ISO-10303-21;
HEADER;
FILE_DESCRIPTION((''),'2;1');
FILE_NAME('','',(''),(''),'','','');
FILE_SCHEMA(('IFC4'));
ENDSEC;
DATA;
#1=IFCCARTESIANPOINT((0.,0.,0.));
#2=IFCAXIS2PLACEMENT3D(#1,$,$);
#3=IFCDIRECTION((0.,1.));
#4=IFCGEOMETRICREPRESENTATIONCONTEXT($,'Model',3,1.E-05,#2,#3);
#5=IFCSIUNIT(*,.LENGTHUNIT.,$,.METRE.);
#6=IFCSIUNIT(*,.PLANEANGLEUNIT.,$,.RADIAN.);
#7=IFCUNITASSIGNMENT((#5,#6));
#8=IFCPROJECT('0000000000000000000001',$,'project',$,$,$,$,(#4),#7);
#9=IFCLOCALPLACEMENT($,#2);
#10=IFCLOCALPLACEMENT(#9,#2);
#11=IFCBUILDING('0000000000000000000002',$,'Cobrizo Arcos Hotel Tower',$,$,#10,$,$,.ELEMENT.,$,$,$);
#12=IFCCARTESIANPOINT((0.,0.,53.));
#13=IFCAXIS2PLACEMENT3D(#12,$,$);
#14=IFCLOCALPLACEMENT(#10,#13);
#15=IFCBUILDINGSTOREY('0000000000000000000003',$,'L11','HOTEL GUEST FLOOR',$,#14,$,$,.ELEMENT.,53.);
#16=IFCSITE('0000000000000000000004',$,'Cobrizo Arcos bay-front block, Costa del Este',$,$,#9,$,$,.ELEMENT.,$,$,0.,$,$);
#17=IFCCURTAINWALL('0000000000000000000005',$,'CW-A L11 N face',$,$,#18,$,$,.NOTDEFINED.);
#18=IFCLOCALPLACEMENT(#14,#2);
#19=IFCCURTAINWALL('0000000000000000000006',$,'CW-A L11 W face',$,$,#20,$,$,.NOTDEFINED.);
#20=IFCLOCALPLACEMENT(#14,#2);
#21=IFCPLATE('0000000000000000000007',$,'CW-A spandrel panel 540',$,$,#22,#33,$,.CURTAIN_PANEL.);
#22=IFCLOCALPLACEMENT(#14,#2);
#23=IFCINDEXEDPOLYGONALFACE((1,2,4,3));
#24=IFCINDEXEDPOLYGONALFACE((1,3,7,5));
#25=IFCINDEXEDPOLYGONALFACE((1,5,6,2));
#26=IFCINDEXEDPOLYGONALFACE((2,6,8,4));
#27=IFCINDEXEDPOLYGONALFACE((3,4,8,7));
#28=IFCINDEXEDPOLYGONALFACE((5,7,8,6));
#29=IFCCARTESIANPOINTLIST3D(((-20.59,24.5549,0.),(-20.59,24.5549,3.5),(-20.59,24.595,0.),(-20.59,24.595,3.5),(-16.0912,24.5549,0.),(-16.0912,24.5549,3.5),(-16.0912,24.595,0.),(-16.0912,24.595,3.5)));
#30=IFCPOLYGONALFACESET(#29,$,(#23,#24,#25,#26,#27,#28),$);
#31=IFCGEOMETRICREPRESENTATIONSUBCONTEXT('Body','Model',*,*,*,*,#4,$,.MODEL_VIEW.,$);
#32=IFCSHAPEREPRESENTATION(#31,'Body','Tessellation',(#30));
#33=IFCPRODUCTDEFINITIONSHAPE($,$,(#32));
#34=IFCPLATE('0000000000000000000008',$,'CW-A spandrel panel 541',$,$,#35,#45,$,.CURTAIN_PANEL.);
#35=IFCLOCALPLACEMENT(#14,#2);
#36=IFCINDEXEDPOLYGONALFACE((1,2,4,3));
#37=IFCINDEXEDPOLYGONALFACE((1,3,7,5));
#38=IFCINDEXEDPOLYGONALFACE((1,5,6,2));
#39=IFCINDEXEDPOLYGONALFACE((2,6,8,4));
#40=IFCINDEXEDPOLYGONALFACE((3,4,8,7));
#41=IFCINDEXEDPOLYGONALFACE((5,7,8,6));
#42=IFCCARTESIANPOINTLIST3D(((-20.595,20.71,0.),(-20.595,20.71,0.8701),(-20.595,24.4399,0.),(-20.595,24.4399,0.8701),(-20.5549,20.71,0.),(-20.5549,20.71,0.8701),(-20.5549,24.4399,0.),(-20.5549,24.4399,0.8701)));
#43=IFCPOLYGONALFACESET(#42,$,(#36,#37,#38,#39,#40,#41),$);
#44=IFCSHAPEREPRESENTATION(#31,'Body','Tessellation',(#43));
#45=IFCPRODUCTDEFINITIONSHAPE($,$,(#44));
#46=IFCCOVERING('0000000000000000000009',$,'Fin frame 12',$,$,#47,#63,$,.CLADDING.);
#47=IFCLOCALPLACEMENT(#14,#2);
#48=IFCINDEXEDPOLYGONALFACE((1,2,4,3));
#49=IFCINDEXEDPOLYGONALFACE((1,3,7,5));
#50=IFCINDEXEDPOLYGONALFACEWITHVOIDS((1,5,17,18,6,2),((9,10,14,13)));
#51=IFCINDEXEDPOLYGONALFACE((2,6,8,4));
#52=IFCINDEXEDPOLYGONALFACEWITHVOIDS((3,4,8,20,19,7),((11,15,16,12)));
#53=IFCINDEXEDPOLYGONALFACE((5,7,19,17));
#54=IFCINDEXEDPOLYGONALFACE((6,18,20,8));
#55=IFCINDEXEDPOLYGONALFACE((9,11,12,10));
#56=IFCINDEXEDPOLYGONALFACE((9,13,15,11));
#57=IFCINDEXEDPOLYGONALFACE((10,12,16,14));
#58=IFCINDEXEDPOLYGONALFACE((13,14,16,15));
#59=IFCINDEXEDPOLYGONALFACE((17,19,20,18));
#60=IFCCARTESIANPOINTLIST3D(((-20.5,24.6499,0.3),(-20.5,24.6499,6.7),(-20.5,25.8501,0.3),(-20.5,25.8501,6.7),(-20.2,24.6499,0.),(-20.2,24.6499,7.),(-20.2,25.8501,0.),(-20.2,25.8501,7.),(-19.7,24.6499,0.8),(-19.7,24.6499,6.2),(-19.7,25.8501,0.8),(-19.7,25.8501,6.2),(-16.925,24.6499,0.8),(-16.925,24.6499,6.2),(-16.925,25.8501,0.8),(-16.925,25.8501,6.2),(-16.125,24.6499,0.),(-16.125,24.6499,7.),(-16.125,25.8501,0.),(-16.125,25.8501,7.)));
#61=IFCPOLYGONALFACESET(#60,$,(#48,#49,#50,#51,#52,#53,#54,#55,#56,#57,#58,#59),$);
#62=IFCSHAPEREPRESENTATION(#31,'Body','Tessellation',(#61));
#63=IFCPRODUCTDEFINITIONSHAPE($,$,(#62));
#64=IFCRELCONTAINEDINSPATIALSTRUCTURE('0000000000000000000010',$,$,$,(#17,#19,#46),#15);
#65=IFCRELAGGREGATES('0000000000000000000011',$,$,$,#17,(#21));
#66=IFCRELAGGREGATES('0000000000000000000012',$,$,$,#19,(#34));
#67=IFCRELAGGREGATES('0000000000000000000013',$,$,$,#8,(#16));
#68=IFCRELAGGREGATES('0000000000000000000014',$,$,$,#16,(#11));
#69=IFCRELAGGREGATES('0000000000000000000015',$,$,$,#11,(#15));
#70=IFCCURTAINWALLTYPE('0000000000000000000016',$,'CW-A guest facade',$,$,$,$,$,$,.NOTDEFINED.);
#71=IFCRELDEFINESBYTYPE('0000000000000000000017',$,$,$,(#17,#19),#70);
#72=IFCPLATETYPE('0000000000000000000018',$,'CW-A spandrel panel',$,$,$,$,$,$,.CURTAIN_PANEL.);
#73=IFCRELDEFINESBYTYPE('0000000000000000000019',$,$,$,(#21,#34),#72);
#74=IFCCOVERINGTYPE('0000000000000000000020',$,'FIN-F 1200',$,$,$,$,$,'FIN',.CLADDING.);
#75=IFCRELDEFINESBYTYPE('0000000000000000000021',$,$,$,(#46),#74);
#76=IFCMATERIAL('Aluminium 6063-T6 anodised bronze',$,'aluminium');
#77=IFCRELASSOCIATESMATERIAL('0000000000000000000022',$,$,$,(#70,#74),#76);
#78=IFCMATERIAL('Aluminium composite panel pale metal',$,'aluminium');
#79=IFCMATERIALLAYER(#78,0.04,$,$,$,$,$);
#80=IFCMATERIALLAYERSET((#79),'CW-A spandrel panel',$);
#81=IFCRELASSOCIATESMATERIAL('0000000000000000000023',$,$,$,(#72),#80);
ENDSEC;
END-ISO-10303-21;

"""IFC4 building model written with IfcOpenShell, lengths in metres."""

from ifc_helpers import new_model, si_unit, direction, frame, origin, origin_2d, place, context, subcontext, project, spatial, polyline, rectangle, outline, extrude, material, layer, layer_set, type_object, element, aggregate, save


model = new_model("IFC4")

# Units and contexts
model_context = context("Model", 3, precision=1e-05, world=origin(), true_north=direction((0.0, 1.0)))
body_context = subcontext(model_context, "Body", "Model", "MODEL_VIEW")
ifc_project = project(units=[si_unit("LENGTHUNIT", "METRE"), si_unit("PLANEANGLEUNIT", "RADIAN")], contexts=[model_context])

# Site, building, storey
site_placement = place(None, origin())
site = spatial("IfcSite", under=ifc_project, at=site_placement, Name="Cobrizo Arcos bay-front block, Costa del Este", CompositionType="ELEMENT", RefElevation=0.0)
building_placement = place(site_placement, origin())
building = spatial("IfcBuilding", under=site, at=building_placement, Name="Cobrizo Arcos Hotel Tower", CompositionType="ELEMENT")
storey_placement = place(building_placement, frame((0.0, 0.0, 53.0)))
storey = spatial("IfcBuildingStorey", under=building, at=storey_placement, Name="L11", Description="HOTEL GUEST FLOOR", CompositionType="ELEMENT", Elevation=53.0)

# Curtain walls
ifc_material_1 = material(Name="Aluminium 6063-T6 anodised bronze", Category="aluminium")
curtain_wall_type = type_object("IfcCurtainWallType", Name="CW-A guest facade", PredefinedType="NOTDEFINED", material=ifc_material_1)
curtain_wall_1_placement = place(storey_placement, origin())
curtain_wall_1 = element("IfcCurtainWall", 1, at=curtain_wall_1_placement, inside=storey, type_object=curtain_wall_type, Name="CW-A L11 N face", PredefinedType="NOTDEFINED")
curtain_wall_2_placement = place(storey_placement, origin())
curtain_wall_2 = element("IfcCurtainWall", 2, at=curtain_wall_2_placement, inside=storey, type_object=curtain_wall_type, Name="CW-A L11 W face", PredefinedType="NOTDEFINED")

# Plates
ifc_material_2 = material(Name="Aluminium composite panel pale metal", Category="aluminium")
ifc_layer_1 = layer(ifc_material_2, 0.04)
ifc_layer_set_1 = layer_set([ifc_layer_1], Name="CW-A spandrel panel")
plate_type_1 = type_object("IfcPlateType", Name="CW-A spandrel panel", PredefinedType="CURTAIN_PANEL", material=ifc_layer_set_1)
plate_1_placement = place(storey_placement, frame((-18.3406, 24.575, 0.0), z_axis=(0.0, 0.0, 1.0), x_axis=(-1.0, 0.0, 0.0)))
plate_1 = element("IfcPlate", 3, at=plate_1_placement, type_object=plate_type_1, Name="CW-A spandrel panel 540", PredefinedType="CURTAIN_PANEL", context=body_context, shape_type="SweptSolid", body=[
    extrude(rectangle(XDim=4.4988, YDim=0.04, at=origin_2d()), origin(), (0.0, 0.0, 1.0), 3.5),
])
aggregate(curtain_wall_1, [plate_1])
plate_2_placement = place(storey_placement, frame((-20.575, 22.575, 0.0), z_axis=(0.0, 0.0, 1.0), x_axis=(0.0, -1.0, 0.0)))
plate_2 = element("IfcPlate", 4, at=plate_2_placement, type_object=plate_type_1, Name="CW-A spandrel panel 541", PredefinedType="CURTAIN_PANEL", context=body_context, shape_type="SweptSolid", body=[
    extrude(rectangle(XDim=3.73, YDim=0.04, at=origin_2d()), origin(), (0.0, 0.0, 1.0), 0.8701),
])
aggregate(curtain_wall_2, [plate_2])

# Covering
covering_type = type_object("IfcCoveringType", Name="FIN-F 1200", ElementType="FIN", PredefinedType="CLADDING", material=ifc_material_1)
covering_placement = place(storey_placement, frame((-16.125, 24.6499, 0.0), z_axis=(0.0, 1.0, 0.0), x_axis=(-1.0, 0.0, 0.0)))
element("IfcCovering", 5, at=covering_placement, inside=storey, type_object=covering_type, Name="Fin frame 12", PredefinedType="CLADDING", context=body_context, shape_type="SweptSolid", body=[
    extrude(outline(polyline([(0.0, 7.0), (0.0, 0.0), (4.075, 0.0), (4.375, 0.3), (4.375, 6.7), (4.075, 7.0), (0.0, 7.0)]), holes=[polyline([(3.575, 0.8), (0.8, 0.8), (0.8, 6.2), (3.575, 6.2), (3.575, 0.8)])]), origin(), (0.0, 0.0, 1.0), 1.2002),
])

save(model, "model.ifc")
